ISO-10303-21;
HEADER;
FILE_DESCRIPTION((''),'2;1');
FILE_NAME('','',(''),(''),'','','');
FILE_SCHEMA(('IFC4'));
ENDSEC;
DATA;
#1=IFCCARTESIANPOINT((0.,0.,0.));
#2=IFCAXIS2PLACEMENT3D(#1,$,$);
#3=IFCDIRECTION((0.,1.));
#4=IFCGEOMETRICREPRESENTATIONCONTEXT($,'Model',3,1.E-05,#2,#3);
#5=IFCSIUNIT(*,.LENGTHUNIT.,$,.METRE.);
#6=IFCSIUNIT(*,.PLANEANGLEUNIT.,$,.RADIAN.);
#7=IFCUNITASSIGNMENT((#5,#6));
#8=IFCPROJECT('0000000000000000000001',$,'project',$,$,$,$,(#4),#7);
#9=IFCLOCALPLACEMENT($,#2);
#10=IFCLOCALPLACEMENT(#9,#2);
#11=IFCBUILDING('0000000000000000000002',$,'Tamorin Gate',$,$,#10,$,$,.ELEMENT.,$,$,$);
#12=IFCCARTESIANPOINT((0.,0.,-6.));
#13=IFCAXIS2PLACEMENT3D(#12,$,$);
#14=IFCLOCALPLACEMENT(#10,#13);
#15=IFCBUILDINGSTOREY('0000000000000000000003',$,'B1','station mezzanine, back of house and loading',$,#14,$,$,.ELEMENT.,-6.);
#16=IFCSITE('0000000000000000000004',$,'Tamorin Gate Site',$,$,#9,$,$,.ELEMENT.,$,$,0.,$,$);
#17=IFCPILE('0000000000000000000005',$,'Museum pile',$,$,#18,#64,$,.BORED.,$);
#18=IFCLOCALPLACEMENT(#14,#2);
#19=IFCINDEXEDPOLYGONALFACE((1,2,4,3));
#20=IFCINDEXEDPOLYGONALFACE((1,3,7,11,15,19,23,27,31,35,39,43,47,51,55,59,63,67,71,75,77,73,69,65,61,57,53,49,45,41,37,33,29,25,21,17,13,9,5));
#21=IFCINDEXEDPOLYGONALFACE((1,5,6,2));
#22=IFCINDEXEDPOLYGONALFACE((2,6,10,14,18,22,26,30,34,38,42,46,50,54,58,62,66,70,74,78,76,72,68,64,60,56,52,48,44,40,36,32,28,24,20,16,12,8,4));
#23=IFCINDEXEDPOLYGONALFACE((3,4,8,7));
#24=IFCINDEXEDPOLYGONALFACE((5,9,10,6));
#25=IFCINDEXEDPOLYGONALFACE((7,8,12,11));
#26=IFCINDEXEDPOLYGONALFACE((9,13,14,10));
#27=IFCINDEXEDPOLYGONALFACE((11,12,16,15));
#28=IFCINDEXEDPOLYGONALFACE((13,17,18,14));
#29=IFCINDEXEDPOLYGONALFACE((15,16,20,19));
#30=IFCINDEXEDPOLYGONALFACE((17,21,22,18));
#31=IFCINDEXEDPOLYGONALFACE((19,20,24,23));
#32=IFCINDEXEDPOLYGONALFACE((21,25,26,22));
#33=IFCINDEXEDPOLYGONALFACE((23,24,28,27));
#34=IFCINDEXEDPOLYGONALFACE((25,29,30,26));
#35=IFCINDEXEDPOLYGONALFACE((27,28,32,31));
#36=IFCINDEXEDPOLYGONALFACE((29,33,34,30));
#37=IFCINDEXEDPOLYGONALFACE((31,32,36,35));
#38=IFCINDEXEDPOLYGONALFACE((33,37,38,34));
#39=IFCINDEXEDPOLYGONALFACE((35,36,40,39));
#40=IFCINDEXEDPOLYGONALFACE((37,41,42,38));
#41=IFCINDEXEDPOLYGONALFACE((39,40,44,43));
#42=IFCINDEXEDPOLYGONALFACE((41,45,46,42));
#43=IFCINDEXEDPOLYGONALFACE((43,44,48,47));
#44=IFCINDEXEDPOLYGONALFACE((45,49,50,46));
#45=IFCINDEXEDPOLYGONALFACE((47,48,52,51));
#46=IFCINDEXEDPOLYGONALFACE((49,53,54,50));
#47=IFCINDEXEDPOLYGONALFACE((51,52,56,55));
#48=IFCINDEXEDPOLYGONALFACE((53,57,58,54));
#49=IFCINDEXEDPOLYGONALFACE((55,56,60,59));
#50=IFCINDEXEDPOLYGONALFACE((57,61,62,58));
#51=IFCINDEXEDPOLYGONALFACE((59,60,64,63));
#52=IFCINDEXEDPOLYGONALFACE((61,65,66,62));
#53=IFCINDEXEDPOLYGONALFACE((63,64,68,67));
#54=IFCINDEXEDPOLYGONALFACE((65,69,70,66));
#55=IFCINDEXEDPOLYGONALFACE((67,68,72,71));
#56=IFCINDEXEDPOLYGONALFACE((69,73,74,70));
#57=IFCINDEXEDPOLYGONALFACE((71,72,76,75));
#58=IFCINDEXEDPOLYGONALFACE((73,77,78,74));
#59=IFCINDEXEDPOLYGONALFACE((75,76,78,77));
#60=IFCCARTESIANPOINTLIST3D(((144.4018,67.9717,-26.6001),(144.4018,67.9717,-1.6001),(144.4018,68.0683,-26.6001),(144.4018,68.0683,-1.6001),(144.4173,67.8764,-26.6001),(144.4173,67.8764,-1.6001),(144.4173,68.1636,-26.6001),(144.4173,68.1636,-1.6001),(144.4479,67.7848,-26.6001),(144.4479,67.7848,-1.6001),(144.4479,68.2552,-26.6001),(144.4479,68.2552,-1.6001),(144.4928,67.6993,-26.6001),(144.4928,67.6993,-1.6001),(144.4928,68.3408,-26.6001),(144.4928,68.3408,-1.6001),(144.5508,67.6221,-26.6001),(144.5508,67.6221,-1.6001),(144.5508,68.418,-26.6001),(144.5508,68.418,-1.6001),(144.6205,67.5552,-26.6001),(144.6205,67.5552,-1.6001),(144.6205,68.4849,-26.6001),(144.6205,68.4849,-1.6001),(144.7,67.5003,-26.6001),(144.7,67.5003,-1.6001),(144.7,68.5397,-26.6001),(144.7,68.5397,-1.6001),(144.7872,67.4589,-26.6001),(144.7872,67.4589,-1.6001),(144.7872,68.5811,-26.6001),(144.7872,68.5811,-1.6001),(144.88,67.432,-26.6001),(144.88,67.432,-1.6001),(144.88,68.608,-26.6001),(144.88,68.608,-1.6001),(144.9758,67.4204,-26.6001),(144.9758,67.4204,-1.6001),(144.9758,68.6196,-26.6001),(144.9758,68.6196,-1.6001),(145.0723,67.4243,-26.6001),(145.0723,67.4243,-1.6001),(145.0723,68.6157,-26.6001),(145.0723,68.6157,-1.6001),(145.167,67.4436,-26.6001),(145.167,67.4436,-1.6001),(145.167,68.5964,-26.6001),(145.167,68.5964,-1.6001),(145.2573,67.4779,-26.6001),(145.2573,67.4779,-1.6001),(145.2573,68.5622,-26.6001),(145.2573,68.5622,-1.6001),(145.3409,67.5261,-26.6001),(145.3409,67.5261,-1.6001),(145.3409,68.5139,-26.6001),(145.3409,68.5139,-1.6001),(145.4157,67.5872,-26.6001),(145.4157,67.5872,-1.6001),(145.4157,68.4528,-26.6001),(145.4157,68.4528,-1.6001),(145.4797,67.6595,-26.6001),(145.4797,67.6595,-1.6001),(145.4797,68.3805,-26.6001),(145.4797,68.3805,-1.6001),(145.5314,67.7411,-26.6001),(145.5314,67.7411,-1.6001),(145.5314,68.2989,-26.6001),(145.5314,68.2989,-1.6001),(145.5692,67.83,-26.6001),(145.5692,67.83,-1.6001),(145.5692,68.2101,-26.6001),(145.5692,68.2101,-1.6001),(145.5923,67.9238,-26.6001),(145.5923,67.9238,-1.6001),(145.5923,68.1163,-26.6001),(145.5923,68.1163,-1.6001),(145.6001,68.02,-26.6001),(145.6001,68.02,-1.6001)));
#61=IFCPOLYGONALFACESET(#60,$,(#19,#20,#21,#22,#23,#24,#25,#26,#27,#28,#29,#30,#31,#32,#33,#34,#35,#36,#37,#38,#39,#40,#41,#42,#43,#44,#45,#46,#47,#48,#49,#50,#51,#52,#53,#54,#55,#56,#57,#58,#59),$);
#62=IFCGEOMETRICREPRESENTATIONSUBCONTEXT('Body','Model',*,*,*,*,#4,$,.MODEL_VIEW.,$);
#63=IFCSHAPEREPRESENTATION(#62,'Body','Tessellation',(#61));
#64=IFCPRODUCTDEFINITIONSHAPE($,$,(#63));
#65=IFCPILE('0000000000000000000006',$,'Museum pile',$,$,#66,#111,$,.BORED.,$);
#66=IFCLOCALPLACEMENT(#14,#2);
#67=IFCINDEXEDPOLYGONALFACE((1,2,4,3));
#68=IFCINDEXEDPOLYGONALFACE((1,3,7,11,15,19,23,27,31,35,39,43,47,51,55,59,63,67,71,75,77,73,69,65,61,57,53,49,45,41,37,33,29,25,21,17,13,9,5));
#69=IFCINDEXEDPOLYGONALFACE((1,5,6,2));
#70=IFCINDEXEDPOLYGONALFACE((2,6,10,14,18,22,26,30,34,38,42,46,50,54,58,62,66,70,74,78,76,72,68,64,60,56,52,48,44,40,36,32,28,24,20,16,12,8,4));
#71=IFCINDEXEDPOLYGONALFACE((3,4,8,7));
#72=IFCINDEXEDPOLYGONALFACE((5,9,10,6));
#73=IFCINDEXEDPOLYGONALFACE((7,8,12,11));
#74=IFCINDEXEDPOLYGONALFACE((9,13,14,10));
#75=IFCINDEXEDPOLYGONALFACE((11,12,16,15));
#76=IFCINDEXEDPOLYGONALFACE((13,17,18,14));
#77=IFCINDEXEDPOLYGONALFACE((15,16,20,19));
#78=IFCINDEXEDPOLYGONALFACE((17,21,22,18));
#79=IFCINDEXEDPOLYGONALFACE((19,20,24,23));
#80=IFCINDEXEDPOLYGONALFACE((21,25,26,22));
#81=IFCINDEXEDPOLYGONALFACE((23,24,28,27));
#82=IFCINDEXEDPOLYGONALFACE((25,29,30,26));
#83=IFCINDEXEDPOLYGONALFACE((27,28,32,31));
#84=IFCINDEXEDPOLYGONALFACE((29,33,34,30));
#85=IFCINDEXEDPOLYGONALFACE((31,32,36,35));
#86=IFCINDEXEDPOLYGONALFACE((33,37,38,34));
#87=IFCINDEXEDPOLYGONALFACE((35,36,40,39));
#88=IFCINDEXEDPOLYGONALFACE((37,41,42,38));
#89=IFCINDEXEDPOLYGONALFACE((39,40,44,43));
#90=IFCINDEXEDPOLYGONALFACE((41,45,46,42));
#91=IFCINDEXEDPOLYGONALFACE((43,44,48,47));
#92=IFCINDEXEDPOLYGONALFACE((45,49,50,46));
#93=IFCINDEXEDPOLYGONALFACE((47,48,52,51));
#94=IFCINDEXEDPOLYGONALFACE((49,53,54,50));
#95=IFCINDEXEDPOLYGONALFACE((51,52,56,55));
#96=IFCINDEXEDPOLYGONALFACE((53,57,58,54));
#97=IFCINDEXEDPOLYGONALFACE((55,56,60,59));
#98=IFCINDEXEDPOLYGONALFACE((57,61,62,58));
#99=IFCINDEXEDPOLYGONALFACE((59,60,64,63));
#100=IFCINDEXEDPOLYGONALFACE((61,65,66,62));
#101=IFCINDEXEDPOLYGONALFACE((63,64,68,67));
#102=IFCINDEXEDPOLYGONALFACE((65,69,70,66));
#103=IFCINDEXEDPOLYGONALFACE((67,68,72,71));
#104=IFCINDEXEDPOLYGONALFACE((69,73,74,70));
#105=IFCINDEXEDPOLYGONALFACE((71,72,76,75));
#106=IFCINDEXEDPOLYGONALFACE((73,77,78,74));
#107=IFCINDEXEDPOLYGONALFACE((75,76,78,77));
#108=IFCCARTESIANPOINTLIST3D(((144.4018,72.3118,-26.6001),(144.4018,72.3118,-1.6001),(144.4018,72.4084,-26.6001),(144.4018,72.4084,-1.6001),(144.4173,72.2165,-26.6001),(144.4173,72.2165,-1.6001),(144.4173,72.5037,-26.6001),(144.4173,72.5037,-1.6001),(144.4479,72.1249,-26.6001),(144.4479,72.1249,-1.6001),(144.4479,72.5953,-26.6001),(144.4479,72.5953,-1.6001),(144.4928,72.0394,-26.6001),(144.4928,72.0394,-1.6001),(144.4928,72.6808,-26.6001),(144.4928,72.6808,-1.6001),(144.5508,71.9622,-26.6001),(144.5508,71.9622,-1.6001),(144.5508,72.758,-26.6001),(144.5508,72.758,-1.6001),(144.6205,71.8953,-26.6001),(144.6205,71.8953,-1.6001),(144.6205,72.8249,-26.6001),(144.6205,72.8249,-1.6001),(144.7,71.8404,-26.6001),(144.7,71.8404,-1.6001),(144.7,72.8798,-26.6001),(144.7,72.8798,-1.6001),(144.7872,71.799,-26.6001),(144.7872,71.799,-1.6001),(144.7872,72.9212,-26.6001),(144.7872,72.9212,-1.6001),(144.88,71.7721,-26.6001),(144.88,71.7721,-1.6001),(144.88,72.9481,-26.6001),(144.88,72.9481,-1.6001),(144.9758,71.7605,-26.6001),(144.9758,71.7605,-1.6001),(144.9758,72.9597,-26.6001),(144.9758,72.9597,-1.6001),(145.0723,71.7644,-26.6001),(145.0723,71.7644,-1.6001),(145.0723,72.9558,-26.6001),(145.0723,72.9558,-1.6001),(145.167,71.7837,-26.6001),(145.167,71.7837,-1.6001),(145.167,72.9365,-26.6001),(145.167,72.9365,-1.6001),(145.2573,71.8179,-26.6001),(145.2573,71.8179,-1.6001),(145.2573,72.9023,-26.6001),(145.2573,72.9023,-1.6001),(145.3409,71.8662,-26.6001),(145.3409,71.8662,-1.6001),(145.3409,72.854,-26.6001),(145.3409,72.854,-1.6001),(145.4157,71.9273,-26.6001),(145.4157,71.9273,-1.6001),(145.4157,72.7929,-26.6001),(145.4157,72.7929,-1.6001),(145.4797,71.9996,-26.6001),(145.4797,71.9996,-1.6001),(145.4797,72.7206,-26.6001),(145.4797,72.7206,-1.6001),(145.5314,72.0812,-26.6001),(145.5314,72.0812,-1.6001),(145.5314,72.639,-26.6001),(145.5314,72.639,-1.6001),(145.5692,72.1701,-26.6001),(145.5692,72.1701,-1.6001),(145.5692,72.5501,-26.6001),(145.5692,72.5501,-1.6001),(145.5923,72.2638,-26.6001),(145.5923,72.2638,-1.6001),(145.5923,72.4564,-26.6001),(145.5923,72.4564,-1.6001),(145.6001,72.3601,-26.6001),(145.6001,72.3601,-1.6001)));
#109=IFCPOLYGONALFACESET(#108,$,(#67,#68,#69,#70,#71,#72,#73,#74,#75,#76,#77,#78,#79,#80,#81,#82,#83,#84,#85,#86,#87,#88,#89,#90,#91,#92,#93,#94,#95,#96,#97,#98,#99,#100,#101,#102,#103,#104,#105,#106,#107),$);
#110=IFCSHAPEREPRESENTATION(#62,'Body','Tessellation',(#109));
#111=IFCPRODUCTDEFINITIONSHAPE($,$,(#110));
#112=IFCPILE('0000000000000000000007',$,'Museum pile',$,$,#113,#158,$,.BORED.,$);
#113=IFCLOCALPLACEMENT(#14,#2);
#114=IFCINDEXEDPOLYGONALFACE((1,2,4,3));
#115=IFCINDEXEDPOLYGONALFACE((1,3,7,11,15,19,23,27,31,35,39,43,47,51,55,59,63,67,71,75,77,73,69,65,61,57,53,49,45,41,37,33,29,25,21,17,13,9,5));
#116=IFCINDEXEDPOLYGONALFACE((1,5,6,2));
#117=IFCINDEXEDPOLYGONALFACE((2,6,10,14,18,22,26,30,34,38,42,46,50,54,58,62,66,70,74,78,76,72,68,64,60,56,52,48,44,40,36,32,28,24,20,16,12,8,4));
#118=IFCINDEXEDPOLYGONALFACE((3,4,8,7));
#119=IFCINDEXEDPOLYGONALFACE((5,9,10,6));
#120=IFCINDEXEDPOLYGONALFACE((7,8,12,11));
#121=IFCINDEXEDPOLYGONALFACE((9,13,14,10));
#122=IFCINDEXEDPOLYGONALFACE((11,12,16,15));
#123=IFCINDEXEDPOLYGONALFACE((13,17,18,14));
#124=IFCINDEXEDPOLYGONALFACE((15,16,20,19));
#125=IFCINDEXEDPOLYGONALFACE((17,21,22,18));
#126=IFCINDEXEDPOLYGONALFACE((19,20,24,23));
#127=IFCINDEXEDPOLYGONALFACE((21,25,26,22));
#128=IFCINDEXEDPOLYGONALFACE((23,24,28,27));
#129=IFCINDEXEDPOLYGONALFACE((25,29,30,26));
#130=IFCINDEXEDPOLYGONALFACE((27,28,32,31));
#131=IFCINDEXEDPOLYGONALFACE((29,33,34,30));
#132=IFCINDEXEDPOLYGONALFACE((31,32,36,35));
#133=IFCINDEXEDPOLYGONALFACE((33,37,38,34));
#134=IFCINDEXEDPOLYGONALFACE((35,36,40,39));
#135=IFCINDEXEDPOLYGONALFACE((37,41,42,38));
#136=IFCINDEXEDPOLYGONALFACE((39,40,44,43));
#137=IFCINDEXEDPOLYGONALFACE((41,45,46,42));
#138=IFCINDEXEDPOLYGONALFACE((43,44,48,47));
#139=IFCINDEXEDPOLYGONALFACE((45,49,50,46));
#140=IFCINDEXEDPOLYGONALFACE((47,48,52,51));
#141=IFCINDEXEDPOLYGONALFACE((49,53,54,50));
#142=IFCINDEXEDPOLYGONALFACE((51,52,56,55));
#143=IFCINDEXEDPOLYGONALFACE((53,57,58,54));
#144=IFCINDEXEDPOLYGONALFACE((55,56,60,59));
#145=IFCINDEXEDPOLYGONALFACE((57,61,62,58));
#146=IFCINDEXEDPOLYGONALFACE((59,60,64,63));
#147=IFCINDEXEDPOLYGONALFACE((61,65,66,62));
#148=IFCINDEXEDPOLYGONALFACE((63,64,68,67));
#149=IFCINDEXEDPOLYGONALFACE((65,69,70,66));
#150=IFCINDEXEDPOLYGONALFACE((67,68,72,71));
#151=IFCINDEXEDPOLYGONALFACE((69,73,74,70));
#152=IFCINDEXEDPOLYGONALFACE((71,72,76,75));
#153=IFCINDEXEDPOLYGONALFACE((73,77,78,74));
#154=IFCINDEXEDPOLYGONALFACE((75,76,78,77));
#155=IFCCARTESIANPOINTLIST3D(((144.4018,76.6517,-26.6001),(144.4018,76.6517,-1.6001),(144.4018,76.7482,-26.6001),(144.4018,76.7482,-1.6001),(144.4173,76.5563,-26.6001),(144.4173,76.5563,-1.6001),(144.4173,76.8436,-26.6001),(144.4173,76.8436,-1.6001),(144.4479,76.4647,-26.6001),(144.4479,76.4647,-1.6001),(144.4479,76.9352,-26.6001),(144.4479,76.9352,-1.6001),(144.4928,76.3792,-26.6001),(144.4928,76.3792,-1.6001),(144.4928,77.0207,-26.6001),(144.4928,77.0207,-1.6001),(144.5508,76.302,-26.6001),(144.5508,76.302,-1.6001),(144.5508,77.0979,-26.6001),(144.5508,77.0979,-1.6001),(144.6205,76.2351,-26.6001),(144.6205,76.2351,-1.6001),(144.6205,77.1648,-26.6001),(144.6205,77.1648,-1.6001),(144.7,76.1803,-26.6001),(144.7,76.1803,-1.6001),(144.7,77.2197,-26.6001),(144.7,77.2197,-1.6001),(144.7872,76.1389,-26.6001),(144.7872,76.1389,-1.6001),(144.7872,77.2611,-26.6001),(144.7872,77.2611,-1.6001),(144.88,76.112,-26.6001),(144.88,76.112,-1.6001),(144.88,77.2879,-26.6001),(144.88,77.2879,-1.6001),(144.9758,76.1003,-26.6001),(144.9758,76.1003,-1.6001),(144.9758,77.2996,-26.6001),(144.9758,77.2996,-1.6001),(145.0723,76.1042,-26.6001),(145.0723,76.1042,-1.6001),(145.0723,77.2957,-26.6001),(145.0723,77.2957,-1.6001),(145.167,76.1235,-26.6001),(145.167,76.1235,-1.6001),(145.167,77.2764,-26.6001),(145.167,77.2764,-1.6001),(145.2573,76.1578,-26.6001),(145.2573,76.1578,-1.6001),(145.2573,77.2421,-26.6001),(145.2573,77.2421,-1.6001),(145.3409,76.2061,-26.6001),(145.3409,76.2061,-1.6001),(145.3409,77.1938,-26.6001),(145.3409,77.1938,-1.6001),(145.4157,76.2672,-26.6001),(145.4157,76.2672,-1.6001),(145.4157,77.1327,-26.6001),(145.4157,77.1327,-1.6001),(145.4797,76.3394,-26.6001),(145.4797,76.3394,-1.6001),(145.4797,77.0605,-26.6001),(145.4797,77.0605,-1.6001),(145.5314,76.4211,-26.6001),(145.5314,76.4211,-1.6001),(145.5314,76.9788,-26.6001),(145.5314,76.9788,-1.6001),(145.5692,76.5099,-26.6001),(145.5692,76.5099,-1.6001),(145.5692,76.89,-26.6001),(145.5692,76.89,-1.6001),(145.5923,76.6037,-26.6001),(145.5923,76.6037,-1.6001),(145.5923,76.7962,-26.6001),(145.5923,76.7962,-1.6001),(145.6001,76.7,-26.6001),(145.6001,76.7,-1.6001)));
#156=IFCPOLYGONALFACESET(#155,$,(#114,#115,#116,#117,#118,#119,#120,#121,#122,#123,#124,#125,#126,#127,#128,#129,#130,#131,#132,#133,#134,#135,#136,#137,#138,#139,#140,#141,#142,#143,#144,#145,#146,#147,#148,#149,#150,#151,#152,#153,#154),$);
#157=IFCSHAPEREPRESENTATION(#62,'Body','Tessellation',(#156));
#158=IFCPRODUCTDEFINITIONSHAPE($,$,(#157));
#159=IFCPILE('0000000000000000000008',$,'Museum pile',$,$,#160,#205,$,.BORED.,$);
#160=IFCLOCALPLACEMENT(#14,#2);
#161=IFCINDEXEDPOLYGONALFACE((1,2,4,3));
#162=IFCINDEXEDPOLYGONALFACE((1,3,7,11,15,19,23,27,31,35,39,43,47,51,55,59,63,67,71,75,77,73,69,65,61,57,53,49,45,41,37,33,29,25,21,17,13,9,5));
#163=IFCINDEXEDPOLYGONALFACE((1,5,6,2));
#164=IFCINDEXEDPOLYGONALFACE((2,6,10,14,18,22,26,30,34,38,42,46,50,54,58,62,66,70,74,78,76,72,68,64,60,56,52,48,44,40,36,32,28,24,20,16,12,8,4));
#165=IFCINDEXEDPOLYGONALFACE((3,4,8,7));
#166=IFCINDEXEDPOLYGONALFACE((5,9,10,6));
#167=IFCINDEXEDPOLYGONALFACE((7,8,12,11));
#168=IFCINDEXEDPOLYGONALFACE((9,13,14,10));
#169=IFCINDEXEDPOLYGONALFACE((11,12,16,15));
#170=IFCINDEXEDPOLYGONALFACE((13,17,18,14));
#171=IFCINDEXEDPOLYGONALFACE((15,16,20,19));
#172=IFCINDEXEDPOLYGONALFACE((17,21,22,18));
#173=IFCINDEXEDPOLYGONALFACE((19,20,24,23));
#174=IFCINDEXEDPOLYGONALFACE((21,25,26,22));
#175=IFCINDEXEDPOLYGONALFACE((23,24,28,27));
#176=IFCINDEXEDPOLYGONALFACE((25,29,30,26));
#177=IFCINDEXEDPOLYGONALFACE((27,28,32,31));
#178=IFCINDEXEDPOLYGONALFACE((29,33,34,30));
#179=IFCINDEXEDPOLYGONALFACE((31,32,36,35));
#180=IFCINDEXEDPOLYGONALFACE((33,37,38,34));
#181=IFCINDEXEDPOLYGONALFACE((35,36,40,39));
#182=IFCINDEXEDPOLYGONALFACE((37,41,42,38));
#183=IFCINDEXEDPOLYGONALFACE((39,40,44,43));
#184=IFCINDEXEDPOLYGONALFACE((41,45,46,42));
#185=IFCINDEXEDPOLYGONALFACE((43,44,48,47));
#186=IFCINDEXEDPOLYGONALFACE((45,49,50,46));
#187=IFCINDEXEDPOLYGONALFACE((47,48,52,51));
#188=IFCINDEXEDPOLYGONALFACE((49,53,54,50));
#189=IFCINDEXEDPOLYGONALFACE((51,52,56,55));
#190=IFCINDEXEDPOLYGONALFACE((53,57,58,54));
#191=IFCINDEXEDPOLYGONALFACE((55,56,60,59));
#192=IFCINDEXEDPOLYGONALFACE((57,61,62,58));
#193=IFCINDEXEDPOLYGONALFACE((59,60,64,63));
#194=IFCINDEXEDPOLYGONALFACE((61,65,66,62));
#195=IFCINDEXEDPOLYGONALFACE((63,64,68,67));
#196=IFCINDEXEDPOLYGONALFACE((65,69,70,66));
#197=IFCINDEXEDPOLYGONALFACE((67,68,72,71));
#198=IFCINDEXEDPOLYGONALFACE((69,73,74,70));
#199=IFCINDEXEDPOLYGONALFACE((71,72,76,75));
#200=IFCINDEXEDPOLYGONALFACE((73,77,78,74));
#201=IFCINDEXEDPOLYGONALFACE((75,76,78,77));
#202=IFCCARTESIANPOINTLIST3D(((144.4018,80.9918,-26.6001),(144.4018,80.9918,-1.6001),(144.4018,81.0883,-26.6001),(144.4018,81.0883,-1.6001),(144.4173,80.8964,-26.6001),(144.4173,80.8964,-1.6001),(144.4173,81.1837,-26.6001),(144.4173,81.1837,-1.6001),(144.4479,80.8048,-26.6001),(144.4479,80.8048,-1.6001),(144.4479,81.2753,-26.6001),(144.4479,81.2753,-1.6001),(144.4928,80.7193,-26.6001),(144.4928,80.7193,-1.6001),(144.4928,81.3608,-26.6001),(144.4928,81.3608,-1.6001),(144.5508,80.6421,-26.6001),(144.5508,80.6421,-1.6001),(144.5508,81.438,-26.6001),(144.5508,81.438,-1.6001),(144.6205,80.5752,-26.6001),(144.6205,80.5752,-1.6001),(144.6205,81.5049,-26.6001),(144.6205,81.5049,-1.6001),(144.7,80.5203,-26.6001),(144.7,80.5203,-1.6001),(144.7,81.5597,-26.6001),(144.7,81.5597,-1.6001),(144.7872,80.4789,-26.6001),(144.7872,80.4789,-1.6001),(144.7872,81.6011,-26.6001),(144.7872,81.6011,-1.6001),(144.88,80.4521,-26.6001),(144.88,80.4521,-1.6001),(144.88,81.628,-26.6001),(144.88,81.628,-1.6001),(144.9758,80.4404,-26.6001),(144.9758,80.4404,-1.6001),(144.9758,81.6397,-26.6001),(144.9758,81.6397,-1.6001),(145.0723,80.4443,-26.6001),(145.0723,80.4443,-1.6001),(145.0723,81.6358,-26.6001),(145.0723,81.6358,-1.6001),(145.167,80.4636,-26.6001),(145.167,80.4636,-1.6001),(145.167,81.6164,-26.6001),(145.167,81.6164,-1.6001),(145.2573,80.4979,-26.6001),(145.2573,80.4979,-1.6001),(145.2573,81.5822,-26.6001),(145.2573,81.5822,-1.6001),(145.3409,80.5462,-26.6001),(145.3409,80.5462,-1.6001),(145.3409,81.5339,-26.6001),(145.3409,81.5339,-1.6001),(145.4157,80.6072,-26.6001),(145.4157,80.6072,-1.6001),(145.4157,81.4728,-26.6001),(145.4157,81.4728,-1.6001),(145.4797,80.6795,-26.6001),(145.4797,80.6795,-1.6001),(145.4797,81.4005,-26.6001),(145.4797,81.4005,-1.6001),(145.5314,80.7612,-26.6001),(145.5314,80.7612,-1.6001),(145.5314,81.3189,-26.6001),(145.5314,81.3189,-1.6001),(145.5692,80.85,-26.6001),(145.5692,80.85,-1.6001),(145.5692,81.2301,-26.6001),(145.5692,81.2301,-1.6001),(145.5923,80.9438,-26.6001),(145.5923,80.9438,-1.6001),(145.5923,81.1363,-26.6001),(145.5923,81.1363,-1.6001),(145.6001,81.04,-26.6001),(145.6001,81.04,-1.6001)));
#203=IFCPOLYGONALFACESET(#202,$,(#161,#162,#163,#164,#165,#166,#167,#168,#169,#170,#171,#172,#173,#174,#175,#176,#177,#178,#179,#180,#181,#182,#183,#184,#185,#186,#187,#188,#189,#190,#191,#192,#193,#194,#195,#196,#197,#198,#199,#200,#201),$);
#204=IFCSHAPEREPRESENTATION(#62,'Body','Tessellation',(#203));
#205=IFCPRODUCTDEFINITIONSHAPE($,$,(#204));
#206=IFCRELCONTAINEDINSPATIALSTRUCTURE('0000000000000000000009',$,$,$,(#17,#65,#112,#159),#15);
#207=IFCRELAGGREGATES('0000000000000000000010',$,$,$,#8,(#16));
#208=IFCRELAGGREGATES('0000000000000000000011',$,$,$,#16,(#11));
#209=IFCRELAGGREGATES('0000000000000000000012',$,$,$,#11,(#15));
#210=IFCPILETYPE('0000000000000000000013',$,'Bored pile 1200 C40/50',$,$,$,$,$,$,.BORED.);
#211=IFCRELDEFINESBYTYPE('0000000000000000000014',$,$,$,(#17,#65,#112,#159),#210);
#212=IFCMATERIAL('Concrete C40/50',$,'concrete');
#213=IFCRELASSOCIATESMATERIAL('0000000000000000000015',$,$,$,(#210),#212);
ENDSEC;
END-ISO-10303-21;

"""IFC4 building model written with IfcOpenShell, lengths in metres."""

from ifc_helpers import new_model, si_unit, direction, frame, origin, origin_2d, place, context, subcontext, project, spatial, circle, extrude, material, material_profile, profile_set, type_object, element, save


model = new_model("IFC4")

# Units and contexts
model_context = context("Model", 3, precision=1e-05, world=origin(), true_north=direction((0.0, 1.0)))
body_context = subcontext(model_context, "Body", "Model", "MODEL_VIEW")
ifc_project = project(units=[si_unit("LENGTHUNIT", "METRE"), si_unit("PLANEANGLEUNIT", "RADIAN")], contexts=[model_context])

# Site, building, storey
site_placement = place(None, origin())
site = spatial("IfcSite", under=ifc_project, at=site_placement, Name="Tamorin Gate Site", CompositionType="ELEMENT", RefElevation=0.0)
building_placement = place(site_placement, origin())
building = spatial("IfcBuilding", under=site, at=building_placement, Name="Tamorin Gate", CompositionType="ELEMENT")
storey_placement = place(building_placement, frame((0.0, 0.0, -6.0)))
storey = spatial("IfcBuildingStorey", under=building, at=storey_placement, Name="B1", Description="station mezzanine, back of house and loading", CompositionType="ELEMENT", Elevation=-6.0)

# Piles
ifc_material_1 = material(Name="Concrete C40/50", Category="concrete")
ifc_material_profile_1 = material_profile(ifc_material_1, circle(Radius=0.6001, at=origin_2d()))
ifc_profile_set_1 = profile_set([ifc_material_profile_1], Name="Concrete C40/50")
pile_type = type_object("IfcPileType", Name="Bored pile 1200 C40/50", PredefinedType="BORED", material=ifc_profile_set_1)
for number, where, z_axis, x_axis, name in (
    (1, (145.0, 68.02, -1.6001), (0.0, 0.0, -1.0), (1.0, 0.0, 0.0), "Museum pile"),
    (2, (145.0, 72.3601, -1.6001), (0.0, 0.0, -1.0), (1.0, 0.0, 0.0), "Museum pile"),
    (3, (145.0, 76.7, -1.6001), (0.0, 0.0, -1.0), (1.0, 0.0, 0.0), "Museum pile"),
    (4, (145.0, 81.04, -1.6001), (0.0, 0.0, -1.0), (1.0, 0.0, 0.0), "Museum pile"),
):
    element("IfcPile", number, at=place(storey_placement, frame(where, z_axis=z_axis, x_axis=x_axis)), inside=storey, type_object=pile_type, Name=name, PredefinedType="BORED", context=body_context, shape_type="SweptSolid", body=[
        extrude(circle(Radius=0.6001, at=origin_2d()), origin(), (0.0, 0.0, 1.0), 25.0),
    ])

save(model, "model.ifc")
